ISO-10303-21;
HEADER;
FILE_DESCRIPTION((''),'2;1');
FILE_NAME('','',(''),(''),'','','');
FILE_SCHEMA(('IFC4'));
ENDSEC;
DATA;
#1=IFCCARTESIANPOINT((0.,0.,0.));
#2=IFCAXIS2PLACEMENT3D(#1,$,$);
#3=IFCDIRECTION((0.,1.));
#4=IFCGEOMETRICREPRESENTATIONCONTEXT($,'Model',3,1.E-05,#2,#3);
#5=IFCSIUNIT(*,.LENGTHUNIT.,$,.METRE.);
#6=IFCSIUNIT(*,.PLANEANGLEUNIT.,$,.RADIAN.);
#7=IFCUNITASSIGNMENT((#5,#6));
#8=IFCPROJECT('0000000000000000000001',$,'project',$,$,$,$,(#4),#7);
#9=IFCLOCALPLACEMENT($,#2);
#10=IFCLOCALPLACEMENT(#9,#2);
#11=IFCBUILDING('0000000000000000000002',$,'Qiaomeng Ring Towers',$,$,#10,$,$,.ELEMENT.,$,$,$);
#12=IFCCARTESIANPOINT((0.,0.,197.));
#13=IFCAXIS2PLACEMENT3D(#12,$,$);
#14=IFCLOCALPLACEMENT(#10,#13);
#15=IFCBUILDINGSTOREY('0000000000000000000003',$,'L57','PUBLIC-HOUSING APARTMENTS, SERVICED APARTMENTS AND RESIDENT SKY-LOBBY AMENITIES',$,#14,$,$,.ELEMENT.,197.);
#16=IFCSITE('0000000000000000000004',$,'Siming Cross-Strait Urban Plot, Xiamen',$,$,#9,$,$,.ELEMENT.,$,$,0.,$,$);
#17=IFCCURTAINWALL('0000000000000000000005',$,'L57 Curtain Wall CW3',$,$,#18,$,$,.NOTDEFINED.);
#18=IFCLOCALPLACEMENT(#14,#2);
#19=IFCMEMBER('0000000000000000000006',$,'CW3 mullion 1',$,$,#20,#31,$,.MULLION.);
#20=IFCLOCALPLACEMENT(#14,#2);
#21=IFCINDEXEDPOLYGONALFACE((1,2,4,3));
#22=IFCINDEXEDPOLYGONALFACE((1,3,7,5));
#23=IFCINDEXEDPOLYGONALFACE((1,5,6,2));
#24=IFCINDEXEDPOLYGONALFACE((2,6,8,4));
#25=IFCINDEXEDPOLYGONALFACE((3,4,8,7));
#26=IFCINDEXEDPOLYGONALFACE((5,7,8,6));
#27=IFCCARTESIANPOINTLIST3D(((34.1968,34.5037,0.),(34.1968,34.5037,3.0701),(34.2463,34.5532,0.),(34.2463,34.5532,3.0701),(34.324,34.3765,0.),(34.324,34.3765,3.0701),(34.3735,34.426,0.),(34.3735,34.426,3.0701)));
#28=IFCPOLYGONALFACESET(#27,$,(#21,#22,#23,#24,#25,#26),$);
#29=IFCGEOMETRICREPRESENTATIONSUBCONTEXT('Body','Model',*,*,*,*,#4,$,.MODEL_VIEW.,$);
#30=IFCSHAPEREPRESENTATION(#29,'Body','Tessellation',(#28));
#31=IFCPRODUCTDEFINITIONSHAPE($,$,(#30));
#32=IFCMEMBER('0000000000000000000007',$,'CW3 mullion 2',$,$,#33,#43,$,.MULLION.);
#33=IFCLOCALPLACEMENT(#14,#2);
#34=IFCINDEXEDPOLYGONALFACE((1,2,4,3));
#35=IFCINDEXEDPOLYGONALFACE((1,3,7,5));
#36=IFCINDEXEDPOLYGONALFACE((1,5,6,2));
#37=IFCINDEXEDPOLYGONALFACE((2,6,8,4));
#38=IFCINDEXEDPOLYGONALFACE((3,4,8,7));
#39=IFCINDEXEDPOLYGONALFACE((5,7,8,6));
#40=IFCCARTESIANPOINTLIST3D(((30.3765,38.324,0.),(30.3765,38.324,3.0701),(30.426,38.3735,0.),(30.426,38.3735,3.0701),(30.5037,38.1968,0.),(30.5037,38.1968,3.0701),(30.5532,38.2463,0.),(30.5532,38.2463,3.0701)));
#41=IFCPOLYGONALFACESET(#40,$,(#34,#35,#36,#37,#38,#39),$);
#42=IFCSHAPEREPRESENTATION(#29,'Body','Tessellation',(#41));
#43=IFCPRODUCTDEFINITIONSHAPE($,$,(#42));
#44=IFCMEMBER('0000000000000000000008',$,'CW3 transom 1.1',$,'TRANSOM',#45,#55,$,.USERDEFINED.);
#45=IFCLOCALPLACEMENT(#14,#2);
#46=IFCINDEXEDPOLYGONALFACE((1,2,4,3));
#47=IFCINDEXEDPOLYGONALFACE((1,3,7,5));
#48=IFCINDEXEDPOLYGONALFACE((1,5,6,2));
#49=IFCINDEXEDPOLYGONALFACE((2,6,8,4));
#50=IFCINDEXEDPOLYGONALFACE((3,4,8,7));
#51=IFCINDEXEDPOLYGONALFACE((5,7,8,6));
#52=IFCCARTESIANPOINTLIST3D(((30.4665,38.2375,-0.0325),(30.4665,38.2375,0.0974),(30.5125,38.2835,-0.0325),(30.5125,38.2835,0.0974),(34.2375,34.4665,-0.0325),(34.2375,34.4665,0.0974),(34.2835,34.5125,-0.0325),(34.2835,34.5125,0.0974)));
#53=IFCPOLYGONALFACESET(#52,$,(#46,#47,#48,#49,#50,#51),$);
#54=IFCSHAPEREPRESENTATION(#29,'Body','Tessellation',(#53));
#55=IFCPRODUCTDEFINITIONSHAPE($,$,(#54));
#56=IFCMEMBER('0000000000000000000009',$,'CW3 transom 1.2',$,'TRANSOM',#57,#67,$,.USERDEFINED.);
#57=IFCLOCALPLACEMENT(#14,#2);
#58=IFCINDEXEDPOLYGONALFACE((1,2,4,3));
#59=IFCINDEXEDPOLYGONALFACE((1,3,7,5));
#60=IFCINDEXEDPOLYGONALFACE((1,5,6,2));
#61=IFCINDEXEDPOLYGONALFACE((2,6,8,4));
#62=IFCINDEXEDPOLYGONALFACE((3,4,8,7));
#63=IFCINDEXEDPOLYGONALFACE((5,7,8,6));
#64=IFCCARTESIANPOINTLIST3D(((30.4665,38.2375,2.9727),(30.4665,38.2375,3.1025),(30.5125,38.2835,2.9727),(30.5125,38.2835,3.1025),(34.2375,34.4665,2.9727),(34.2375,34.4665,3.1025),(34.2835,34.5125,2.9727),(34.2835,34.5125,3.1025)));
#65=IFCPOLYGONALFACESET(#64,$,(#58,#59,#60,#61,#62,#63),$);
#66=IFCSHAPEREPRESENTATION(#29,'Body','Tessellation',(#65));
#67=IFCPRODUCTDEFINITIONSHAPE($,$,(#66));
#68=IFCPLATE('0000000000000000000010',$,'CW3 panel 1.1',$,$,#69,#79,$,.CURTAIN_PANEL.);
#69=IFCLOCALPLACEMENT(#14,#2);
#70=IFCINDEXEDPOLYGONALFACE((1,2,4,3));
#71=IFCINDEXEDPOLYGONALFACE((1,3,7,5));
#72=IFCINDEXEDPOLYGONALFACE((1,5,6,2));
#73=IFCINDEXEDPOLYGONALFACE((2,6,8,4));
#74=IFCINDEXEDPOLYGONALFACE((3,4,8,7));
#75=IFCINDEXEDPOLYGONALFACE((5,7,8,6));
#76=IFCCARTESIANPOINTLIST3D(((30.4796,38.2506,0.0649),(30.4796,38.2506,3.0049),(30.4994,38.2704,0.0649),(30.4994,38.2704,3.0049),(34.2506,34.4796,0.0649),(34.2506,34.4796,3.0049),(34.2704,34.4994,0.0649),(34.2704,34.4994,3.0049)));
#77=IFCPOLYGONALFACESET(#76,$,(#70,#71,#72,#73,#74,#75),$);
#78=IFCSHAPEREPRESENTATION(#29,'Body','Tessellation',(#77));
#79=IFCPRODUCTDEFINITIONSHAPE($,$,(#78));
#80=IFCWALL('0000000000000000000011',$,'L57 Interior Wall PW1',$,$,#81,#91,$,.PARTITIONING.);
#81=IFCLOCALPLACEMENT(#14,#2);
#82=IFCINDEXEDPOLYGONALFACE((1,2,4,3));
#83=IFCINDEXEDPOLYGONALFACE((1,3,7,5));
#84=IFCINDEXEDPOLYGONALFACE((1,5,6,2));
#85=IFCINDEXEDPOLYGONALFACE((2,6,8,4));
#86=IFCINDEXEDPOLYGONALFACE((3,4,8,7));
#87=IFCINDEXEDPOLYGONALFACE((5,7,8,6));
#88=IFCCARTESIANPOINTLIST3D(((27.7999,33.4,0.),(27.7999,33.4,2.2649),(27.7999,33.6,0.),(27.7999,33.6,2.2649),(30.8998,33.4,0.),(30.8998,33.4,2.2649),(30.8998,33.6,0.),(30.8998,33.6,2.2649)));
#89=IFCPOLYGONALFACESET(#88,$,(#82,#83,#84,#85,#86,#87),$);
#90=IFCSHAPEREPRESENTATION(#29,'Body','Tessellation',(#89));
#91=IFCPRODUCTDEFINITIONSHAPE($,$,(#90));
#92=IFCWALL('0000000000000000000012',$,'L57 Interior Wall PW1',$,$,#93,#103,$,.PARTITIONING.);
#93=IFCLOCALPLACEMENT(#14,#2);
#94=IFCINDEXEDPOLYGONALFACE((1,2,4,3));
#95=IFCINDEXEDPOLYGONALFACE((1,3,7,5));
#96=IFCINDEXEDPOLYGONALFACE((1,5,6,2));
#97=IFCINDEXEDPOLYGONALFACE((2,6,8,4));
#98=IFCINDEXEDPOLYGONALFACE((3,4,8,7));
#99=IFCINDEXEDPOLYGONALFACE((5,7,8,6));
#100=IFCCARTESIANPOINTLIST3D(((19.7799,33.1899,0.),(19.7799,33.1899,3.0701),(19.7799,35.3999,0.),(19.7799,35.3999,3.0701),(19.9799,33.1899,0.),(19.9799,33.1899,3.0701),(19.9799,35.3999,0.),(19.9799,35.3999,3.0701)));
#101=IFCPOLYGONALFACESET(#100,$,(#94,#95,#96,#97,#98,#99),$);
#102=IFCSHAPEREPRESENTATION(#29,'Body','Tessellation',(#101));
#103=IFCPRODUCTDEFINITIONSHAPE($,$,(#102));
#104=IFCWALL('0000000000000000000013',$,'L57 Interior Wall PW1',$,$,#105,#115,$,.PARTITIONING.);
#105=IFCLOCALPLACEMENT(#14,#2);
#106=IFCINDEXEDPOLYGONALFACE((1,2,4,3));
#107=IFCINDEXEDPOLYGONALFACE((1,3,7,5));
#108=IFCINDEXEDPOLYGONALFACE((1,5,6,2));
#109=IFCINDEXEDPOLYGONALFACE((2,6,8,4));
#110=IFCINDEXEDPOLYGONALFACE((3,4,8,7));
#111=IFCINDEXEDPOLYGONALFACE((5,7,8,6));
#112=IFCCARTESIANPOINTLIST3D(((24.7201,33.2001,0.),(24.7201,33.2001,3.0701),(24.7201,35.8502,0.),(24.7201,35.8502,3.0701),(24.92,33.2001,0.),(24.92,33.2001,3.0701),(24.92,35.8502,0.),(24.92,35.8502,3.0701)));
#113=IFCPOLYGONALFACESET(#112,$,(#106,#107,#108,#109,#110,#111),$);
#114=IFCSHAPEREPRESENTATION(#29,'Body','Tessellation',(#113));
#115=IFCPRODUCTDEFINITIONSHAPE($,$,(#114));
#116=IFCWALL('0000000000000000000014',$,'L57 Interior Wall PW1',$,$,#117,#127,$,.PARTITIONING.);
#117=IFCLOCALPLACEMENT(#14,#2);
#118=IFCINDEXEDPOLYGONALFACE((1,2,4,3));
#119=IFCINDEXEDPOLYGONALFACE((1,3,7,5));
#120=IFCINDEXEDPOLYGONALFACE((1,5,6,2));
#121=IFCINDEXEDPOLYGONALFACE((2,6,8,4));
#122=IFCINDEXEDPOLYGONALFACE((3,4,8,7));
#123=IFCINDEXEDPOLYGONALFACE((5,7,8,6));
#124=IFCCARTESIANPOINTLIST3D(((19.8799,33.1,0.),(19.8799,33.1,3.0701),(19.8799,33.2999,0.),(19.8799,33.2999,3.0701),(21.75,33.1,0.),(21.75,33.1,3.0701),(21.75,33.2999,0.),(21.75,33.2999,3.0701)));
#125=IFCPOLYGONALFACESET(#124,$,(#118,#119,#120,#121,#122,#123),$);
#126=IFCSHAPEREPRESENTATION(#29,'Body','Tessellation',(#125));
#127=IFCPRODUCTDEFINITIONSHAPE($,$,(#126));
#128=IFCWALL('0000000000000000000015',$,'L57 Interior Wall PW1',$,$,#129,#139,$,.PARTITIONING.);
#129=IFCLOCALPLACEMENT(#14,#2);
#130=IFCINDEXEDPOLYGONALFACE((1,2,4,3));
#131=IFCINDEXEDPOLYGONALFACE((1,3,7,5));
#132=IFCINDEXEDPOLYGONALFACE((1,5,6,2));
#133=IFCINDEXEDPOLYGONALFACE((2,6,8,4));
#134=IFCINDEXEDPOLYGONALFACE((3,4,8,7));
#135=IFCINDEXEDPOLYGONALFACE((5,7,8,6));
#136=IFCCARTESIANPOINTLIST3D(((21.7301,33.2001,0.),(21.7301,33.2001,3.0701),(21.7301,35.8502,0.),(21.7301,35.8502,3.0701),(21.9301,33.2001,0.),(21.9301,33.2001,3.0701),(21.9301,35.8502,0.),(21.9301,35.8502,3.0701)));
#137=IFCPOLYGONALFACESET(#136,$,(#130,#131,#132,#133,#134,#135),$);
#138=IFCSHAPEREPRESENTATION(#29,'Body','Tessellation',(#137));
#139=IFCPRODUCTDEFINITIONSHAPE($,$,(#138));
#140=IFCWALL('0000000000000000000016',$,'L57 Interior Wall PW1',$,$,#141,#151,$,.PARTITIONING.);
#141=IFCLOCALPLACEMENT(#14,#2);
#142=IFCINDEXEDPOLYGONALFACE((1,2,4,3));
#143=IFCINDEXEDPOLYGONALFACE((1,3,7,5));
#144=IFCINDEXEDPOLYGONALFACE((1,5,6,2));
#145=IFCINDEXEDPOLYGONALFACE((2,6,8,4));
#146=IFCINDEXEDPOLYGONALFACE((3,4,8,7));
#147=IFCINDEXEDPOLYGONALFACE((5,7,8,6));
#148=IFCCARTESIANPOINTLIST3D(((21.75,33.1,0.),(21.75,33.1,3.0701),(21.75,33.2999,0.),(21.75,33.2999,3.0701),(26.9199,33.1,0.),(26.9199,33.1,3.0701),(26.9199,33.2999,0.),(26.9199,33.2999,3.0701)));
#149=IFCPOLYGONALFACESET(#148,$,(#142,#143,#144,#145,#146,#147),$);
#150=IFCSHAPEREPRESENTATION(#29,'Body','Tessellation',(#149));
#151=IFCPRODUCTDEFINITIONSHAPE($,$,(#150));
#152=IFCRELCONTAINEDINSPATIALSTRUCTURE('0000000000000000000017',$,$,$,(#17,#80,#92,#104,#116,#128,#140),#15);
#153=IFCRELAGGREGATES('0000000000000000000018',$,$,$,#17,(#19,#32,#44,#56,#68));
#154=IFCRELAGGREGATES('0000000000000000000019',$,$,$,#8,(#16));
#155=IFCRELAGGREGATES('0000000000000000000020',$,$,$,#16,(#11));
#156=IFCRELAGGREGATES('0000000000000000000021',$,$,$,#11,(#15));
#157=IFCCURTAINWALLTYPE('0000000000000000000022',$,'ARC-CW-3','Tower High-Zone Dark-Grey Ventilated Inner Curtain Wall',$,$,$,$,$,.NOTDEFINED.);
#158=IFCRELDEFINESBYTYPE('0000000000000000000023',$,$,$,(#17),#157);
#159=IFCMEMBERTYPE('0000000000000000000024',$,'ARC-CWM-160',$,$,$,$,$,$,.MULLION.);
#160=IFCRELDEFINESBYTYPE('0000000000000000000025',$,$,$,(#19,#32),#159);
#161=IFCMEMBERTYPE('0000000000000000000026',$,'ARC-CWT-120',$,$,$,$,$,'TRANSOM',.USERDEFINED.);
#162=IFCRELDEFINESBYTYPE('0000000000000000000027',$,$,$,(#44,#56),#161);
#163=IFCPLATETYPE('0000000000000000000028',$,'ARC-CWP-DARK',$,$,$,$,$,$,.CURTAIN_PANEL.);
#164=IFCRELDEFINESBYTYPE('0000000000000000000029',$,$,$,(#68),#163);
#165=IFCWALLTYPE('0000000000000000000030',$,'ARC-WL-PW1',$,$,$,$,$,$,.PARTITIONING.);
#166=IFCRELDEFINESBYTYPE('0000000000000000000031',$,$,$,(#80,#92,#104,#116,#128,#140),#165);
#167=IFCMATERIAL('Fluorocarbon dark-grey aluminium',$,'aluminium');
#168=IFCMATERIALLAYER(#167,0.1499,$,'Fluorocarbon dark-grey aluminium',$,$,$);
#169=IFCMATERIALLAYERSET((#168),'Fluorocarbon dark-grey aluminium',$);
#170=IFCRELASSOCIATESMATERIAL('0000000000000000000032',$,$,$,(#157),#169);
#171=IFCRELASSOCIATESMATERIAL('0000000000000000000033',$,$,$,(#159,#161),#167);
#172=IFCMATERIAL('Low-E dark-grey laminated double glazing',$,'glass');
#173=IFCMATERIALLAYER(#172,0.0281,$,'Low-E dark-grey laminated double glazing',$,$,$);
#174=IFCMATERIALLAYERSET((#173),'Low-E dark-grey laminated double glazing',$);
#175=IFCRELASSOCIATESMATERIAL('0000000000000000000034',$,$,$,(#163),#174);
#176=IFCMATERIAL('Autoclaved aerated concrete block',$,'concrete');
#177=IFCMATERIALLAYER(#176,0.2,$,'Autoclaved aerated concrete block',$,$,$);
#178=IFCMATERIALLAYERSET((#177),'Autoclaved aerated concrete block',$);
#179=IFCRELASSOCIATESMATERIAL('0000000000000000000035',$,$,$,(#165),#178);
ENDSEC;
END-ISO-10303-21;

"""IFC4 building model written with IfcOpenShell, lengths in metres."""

from ifc_helpers import new_model, si_unit, direction, frame, frame_2d, origin, origin_2d, place, context, subcontext, project, spatial, rectangle, extrude, source, transform, mapped, material, layer, layer_set, material_profile, profile_set, type_object, element, aggregate, save


model = new_model("IFC4")

# Units and contexts
model_context = context("Model", 3, precision=1e-05, world=origin(), true_north=direction((0.0, 1.0)))
body_context = subcontext(model_context, "Body", "Model", "MODEL_VIEW")
ifc_project = project(units=[si_unit("LENGTHUNIT", "METRE"), si_unit("PLANEANGLEUNIT", "RADIAN")], contexts=[model_context])

# Site, building, storey
site_placement = place(None, origin())
site = spatial("IfcSite", under=ifc_project, at=site_placement, Name="Siming Cross-Strait Urban Plot, Xiamen", CompositionType="ELEMENT", RefElevation=0.0)
building_placement = place(site_placement, origin())
building = spatial("IfcBuilding", under=site, at=building_placement, Name="Qiaomeng Ring Towers", CompositionType="ELEMENT")
storey_placement = place(building_placement, frame((0.0, 0.0, 197.0)))
storey = spatial("IfcBuildingStorey", under=building, at=storey_placement, Name="L57", Description="PUBLIC-HOUSING APARTMENTS, SERVICED APARTMENTS AND RESIDENT SKY-LOBBY AMENITIES", CompositionType="ELEMENT", Elevation=197.0)

# Curtain wall, members, plate
ifc_material_1 = material(Name="Fluorocarbon dark-grey aluminium", Category="aluminium")
ifc_layer_1 = layer(ifc_material_1, 0.1499, Name="Fluorocarbon dark-grey aluminium")
ifc_layer_set_1 = layer_set([ifc_layer_1], Name="Fluorocarbon dark-grey aluminium")
curtain_wall_type = type_object("IfcCurtainWallType", Name="ARC-CW-3", Description="Tower High-Zone Dark-Grey Ventilated Inner Curtain Wall", PredefinedType="NOTDEFINED", material=ifc_layer_set_1)
curtain_wall_placement = place(storey_placement, origin())
curtain_wall = element("IfcCurtainWall", 1, at=curtain_wall_placement, inside=storey, type_object=curtain_wall_type, Name="L57 Curtain Wall CW3", PredefinedType="NOTDEFINED")
ifc_material_profile_1 = material_profile(ifc_material_1, rectangle(XDim=0.0701, YDim=0.1799, at=origin_2d()), Name="ALU MULL 70x180")
ifc_profile_set_1 = profile_set([ifc_material_profile_1], Name="Fluorocarbon dark-grey aluminium")
member_type_1 = type_object("IfcMemberType", Name="ARC-CWM-160", PredefinedType="MULLION", material=ifc_profile_set_1)
shared_shape_1 = source(origin(), body_context, "Body", "SweptSolid", [
    extrude(rectangle(XDim=0.0701, YDim=0.1799, at=origin_2d()), origin(), (0.0, 0.0, 1.0), 3.0701),
])
member_1_placement = place(storey_placement, frame((34.2852, 34.4648, 0.0), z_axis=(0.0, 0.0, 1.0), x_axis=(-0.707107, -0.707107, 0.0)))
member_1 = element("IfcMember", 2, at=member_1_placement, type_object=member_type_1, Name="CW3 mullion 1", PredefinedType="MULLION", context=body_context, shape_type="MappedRepresentation", body=[
    mapped(shared_shape_1, transform((0.0, 0.0, 0.0), x_axis=(1.0, 0.0, 0.0), y_axis=(0.0, 1.0, 0.0), z_axis=(0.0, 0.0, 1.0), scale=1.0)),
])
member_2_placement = place(storey_placement, frame((30.4648, 38.2852, 0.0), z_axis=(0.0, 0.0, 1.0), x_axis=(-0.707107, -0.707107, 0.0)))
member_2 = element("IfcMember", 3, at=member_2_placement, type_object=member_type_1, Name="CW3 mullion 2", PredefinedType="MULLION", context=body_context, shape_type="MappedRepresentation", body=[
    mapped(shared_shape_1, transform((0.0, 0.0, 0.0), x_axis=(1.0, 0.0, 0.0), y_axis=(0.0, 1.0, 0.0), z_axis=(0.0, 0.0, 1.0), scale=1.0)),
])
ifc_material_profile_2 = material_profile(ifc_material_1, rectangle(XDim=0.0649, YDim=0.1299, at=origin_2d()), Name="ALU TRAN 65x130")
ifc_profile_set_2 = profile_set([ifc_material_profile_2], Name="Fluorocarbon dark-grey aluminium")
member_type_2 = type_object("IfcMemberType", Name="ARC-CWT-120", ElementType="TRANSOM", PredefinedType="USERDEFINED", material=ifc_profile_set_2)
shared_shape_2 = source(origin(), body_context, "Body", "SweptSolid", [
    extrude(rectangle(XDim=0.0649, YDim=0.1299, at=origin_2d()), origin(), (0.0, 0.0, 1.0), 5.333),
])
member_3_placement = place(storey_placement, frame((34.2605, 34.4895, 0.0325), z_axis=(-0.707107, 0.707107, 0.0), x_axis=(-0.707107, -0.707107, 0.0)))
member_3 = element("IfcMember", 4, at=member_3_placement, type_object=member_type_2, Name="CW3 transom 1.1", ObjectType="TRANSOM", PredefinedType="USERDEFINED", context=body_context, shape_type="MappedRepresentation", body=[
    mapped(shared_shape_2, transform((0.0, 0.0, 0.0), x_axis=(1.0, 0.0, 0.0), y_axis=(0.0, 1.0, 0.0), z_axis=(0.0, 0.0, 1.0), scale=1.0)),
])
member_4_placement = place(storey_placement, frame((34.2605, 34.4895, 3.0376), z_axis=(-0.707107, 0.707107, 0.0), x_axis=(-0.707107, -0.707107, 0.0)))
member_4 = element("IfcMember", 5, at=member_4_placement, type_object=member_type_2, Name="CW3 transom 1.2", ObjectType="TRANSOM", PredefinedType="USERDEFINED", context=body_context, shape_type="MappedRepresentation", body=[
    mapped(shared_shape_2, transform((0.0, 0.0, 0.0), x_axis=(1.0, 0.0, 0.0), y_axis=(0.0, 1.0, 0.0), z_axis=(0.0, 0.0, 1.0), scale=1.0)),
])
ifc_material_2 = material(Name="Low-E dark-grey laminated double glazing", Category="glass")
ifc_layer_2 = layer(ifc_material_2, 0.0281, Name="Low-E dark-grey laminated double glazing")
ifc_layer_set_2 = layer_set([ifc_layer_2], Name="Low-E dark-grey laminated double glazing")
plate_type = type_object("IfcPlateType", Name="ARC-CWP-DARK", PredefinedType="CURTAIN_PANEL", material=ifc_layer_set_2)
shared_shape_3 = source(origin(), body_context, "Body", "SweptSolid", [
    extrude(rectangle(XDim=5.333, YDim=0.0281, at=origin_2d()), origin(), (0.0, 0.0, 1.0), 2.9399),
])
plate_placement = place(storey_placement, frame((32.375, 36.375, 0.0649), z_axis=(0.0, 0.0, 1.0), x_axis=(-0.707107, 0.707107, 0.0)))
plate = element("IfcPlate", 6, at=plate_placement, type_object=plate_type, Name="CW3 panel 1.1", PredefinedType="CURTAIN_PANEL", context=body_context, shape_type="MappedRepresentation", body=[
    mapped(shared_shape_3, transform((0.0, 0.0, 0.0), x_axis=(1.0, 0.0, 0.0), y_axis=(0.0, 1.0, 0.0), z_axis=(0.0, 0.0, 1.0), scale=1.0)),
])
aggregate(curtain_wall, [member_1, member_2, member_3, member_4, plate])

# Walls
ifc_material_3 = material(Name="Autoclaved aerated concrete block", Category="concrete")
ifc_layer_3 = layer(ifc_material_3, 0.2, Name="Autoclaved aerated concrete block")
ifc_layer_set_3 = layer_set([ifc_layer_3], Name="Autoclaved aerated concrete block")
wall_type_1 = type_object("IfcWallType", Name="ARC-WL-PW1", PredefinedType="PARTITIONING", material=ifc_layer_set_3)
wall_1_placement = place(storey_placement, frame((27.8, 33.5, 0.0), z_axis=(0.0, 0.0, 1.0), x_axis=(1.0, 0.0, 0.0)))
element("IfcWall", 7, at=wall_1_placement, inside=storey, type_object=wall_type_1, Name="L57 Interior Wall PW1", PredefinedType="PARTITIONING", context=body_context, shape_type="SweptSolid", body=[
    extrude(rectangle(XDim=3.0999, YDim=0.2, at=frame_2d((1.5498, 0.0))), origin(), (0.0, 0.0, 1.0), 2.2649),
])
wall_2_placement = place(storey_placement, frame((19.8799, 33.1899, 0.0), z_axis=(0.0, 0.0, 1.0), x_axis=(0.0, 1.0, 0.0)))
element("IfcWall", 8, at=wall_2_placement, inside=storey, type_object=wall_type_1, Name="L57 Interior Wall PW1", PredefinedType="PARTITIONING", context=body_context, shape_type="SweptSolid", body=[
    extrude(rectangle(XDim=2.21, YDim=0.2, at=frame_2d((1.105, 0.0))), origin(), (0.0, 0.0, 1.0), 3.0701),
])
wall_3_placement = place(storey_placement, frame((24.8201, 33.2, 0.0), z_axis=(0.0, 0.0, 1.0), x_axis=(0.0, 1.0, 0.0)))
element("IfcWall", 9, at=wall_3_placement, inside=storey, type_object=wall_type_1, Name="L57 Interior Wall PW1", PredefinedType="PARTITIONING", context=body_context, shape_type="SweptSolid", body=[
    extrude(rectangle(XDim=2.6501, YDim=0.2, at=frame_2d((1.3252, 0.0))), origin(), (0.0, 0.0, 1.0), 3.0701),
])
wall_4_placement = place(storey_placement, frame((19.8799, 33.2, 0.0), z_axis=(0.0, 0.0, 1.0), x_axis=(1.0, 0.0, 0.0)))
element("IfcWall", 10, at=wall_4_placement, inside=storey, type_object=wall_type_1, Name="L57 Interior Wall PW1", PredefinedType="PARTITIONING", context=body_context, shape_type="SweptSolid", body=[
    extrude(rectangle(XDim=1.8701, YDim=0.2, at=frame_2d((0.9351, 0.0))), origin(), (0.0, 0.0, 1.0), 3.0701),
])
wall_5_placement = place(storey_placement, frame((21.8301, 33.2, 0.0), z_axis=(0.0, 0.0, 1.0), x_axis=(0.0, 1.0, 0.0)))
element("IfcWall", 11, at=wall_5_placement, inside=storey, type_object=wall_type_1, Name="L57 Interior Wall PW1", PredefinedType="PARTITIONING", context=body_context, shape_type="SweptSolid", body=[
    extrude(rectangle(XDim=2.6501, YDim=0.2, at=frame_2d((1.3252, 0.0))), origin(), (0.0, 0.0, 1.0), 3.0701),
])
wall_6_placement = place(storey_placement, frame((21.75, 33.2, 0.0), z_axis=(0.0, 0.0, 1.0), x_axis=(1.0, 0.0, 0.0)))
element("IfcWall", 12, at=wall_6_placement, inside=storey, type_object=wall_type_1, Name="L57 Interior Wall PW1", PredefinedType="PARTITIONING", context=body_context, shape_type="SweptSolid", body=[
    extrude(rectangle(XDim=5.1699, YDim=0.2, at=frame_2d((2.585, 0.0))), origin(), (0.0, 0.0, 1.0), 3.0701),
])

save(model, "model.ifc")
